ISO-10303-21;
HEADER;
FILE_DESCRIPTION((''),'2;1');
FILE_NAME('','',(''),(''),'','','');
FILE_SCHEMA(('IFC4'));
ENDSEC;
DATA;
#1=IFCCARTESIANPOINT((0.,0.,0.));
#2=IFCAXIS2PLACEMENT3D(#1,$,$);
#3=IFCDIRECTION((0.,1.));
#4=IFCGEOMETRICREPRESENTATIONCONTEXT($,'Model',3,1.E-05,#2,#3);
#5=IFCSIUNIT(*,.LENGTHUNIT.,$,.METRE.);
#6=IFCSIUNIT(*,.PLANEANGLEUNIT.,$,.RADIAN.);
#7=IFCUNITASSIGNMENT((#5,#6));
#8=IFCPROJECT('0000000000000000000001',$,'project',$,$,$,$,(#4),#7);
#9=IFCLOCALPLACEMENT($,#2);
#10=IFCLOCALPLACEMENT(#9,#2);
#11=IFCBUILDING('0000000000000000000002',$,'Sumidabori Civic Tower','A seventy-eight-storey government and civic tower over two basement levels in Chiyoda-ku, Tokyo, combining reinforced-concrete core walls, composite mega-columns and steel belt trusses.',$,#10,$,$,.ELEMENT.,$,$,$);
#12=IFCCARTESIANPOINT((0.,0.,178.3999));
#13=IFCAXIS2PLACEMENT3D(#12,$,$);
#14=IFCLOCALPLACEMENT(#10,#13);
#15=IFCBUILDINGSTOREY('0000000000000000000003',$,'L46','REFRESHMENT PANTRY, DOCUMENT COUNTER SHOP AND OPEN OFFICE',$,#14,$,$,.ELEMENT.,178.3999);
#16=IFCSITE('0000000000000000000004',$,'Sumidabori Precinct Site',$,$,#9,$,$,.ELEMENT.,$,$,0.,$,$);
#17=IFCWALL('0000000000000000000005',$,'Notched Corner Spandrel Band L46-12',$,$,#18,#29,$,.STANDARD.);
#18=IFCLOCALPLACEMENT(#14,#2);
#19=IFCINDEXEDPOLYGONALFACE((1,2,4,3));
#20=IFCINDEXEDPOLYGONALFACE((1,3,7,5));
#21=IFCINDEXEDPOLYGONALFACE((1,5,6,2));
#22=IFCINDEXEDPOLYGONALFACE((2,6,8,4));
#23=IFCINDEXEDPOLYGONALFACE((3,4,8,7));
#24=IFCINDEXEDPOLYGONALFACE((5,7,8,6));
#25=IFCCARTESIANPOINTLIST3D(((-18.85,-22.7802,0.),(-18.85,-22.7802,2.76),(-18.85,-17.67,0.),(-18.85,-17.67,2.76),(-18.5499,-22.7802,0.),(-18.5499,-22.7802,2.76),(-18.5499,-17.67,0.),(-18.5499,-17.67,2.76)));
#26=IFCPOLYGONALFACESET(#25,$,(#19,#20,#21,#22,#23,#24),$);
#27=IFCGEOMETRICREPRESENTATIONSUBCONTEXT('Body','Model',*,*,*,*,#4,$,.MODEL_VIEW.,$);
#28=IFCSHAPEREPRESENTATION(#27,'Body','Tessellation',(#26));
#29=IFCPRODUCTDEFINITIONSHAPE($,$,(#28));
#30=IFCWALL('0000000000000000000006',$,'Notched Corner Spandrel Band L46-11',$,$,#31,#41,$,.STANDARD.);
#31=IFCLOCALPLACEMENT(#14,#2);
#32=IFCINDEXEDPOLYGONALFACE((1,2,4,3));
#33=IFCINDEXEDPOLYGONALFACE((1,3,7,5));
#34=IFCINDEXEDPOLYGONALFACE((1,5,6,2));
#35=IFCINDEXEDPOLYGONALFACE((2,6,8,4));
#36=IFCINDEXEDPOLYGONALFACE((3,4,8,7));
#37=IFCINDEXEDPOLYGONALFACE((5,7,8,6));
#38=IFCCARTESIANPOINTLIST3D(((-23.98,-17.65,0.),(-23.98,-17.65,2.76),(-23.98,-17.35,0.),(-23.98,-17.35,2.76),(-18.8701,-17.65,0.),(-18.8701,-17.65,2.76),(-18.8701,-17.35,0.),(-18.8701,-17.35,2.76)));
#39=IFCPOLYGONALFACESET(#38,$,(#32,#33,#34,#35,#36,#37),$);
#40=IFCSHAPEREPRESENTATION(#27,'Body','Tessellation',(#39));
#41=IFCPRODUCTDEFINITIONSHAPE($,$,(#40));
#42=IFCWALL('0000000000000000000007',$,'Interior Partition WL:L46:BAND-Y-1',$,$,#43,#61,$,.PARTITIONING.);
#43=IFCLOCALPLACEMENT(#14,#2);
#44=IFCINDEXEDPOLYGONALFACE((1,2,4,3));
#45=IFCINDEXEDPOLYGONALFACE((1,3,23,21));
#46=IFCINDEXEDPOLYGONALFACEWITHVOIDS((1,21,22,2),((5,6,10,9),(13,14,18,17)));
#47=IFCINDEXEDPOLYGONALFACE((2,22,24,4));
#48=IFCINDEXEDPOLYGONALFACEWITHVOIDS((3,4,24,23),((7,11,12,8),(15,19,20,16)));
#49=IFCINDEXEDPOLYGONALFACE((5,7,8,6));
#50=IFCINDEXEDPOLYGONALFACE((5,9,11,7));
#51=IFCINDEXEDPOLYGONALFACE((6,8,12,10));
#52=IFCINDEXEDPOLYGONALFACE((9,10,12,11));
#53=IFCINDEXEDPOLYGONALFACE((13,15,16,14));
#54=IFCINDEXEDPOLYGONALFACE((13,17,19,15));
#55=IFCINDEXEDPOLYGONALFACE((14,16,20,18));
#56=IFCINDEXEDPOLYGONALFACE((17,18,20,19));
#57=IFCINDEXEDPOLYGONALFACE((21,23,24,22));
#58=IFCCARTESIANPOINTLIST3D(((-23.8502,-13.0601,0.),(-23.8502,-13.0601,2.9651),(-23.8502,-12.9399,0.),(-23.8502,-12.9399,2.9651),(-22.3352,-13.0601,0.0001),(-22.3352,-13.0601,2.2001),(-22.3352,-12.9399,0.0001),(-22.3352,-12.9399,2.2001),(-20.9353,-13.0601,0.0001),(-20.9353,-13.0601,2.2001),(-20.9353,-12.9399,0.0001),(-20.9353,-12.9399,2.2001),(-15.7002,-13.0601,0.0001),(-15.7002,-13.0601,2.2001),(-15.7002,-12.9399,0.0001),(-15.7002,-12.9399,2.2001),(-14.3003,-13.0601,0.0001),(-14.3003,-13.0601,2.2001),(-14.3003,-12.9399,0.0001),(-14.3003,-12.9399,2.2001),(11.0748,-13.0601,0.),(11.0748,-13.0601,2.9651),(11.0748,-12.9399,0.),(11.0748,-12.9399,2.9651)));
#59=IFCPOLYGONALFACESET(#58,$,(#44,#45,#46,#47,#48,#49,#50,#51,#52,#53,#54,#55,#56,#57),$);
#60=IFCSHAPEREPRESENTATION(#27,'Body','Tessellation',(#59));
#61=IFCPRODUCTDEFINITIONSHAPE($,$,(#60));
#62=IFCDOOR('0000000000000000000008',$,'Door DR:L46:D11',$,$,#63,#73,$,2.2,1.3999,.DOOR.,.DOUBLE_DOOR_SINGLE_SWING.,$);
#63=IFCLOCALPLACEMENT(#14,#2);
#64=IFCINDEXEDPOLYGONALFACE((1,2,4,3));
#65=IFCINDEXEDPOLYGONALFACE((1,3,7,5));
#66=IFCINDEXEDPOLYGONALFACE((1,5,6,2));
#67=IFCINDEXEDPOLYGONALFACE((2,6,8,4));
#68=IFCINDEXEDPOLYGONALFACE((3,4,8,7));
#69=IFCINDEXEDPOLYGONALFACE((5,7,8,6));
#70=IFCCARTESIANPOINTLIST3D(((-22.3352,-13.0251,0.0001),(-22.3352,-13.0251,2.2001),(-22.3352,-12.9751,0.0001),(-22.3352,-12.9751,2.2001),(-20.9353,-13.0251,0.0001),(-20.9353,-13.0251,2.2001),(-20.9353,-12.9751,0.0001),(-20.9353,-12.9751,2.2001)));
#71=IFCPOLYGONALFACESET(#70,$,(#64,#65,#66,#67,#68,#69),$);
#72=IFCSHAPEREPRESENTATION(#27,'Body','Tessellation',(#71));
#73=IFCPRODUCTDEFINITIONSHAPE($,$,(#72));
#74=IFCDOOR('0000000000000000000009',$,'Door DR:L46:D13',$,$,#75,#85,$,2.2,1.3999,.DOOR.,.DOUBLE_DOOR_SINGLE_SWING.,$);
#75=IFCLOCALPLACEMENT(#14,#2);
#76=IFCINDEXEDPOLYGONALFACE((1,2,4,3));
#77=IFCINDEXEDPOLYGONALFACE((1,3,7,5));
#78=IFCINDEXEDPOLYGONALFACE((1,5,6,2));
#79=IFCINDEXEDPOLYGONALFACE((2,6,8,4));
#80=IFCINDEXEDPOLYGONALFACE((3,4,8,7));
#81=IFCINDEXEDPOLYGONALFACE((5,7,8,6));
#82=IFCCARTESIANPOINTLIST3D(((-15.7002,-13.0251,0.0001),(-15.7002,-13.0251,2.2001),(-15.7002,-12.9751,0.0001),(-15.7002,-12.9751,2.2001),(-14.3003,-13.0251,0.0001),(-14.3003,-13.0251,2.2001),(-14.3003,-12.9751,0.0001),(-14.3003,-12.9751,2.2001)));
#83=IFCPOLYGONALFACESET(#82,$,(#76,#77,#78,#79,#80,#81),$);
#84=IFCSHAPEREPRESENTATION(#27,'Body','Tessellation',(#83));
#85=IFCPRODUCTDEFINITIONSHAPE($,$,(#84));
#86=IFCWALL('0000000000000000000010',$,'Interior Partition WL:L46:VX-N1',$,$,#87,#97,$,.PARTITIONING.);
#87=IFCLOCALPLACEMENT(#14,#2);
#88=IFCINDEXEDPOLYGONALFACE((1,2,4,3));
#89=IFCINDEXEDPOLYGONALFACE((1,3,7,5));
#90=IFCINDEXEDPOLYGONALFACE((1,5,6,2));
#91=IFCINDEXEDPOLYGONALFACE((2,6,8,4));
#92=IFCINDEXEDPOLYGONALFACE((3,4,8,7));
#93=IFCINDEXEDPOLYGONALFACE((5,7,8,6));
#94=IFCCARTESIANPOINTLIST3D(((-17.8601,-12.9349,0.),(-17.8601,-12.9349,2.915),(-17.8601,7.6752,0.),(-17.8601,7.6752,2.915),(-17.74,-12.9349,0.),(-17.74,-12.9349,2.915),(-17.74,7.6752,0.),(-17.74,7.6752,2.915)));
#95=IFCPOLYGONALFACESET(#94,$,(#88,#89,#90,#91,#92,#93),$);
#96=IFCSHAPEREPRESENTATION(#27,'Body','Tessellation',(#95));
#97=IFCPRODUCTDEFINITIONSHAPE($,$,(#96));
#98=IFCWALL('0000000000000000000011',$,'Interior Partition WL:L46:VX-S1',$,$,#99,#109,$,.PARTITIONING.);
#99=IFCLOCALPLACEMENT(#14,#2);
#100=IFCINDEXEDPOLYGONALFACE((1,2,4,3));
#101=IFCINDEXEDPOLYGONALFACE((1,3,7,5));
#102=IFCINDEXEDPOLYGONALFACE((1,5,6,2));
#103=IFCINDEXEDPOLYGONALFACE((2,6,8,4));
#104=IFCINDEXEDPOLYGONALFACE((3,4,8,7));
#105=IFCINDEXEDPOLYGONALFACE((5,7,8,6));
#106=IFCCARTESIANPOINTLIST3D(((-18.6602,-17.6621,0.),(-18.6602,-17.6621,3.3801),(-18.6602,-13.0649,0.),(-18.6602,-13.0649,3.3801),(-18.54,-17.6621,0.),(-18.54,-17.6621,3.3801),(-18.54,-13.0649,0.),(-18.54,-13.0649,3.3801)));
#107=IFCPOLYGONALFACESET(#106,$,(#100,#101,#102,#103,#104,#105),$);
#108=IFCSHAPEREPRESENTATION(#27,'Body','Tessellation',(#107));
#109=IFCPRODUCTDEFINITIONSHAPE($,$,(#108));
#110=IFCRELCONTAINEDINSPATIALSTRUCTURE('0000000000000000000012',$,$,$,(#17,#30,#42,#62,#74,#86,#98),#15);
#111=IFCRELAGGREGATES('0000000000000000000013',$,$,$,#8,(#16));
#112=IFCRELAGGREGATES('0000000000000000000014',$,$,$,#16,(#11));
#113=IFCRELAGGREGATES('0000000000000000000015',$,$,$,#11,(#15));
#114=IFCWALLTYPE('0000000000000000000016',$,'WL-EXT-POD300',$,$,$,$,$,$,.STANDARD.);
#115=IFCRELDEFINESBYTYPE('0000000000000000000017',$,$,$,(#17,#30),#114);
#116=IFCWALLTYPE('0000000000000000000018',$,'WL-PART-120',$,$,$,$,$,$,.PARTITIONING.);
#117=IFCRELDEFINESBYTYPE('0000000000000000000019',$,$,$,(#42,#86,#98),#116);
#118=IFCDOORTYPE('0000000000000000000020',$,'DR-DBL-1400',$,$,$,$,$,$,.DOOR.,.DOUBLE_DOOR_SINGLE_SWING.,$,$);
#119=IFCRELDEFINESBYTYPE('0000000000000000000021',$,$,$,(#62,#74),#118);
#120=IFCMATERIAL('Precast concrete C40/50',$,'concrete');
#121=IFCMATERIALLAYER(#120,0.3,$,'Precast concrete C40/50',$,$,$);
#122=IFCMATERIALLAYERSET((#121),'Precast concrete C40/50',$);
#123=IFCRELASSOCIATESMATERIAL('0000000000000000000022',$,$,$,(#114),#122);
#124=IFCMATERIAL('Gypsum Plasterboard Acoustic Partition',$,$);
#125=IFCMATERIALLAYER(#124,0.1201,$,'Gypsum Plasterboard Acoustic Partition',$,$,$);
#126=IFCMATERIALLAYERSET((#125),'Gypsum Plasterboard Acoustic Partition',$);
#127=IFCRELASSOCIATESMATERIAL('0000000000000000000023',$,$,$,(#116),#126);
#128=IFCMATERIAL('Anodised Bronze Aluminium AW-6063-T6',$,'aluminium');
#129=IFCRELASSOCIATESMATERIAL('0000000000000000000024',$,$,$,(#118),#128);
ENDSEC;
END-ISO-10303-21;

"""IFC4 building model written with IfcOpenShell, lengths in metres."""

from ifc_helpers import new_model, si_unit, direction, frame, frame_2d, origin, place, context, subcontext, project, spatial, rectangle, extrude, source, transform, mapped, material, layer, layer_set, type_object, element, fill, save


model = new_model("IFC4")

# Units and contexts
model_context = context("Model", 3, precision=1e-05, world=origin(), true_north=direction((0.0, 1.0)))
body_context = subcontext(model_context, "Body", "Model", "MODEL_VIEW")
ifc_project = project(units=[si_unit("LENGTHUNIT", "METRE"), si_unit("PLANEANGLEUNIT", "RADIAN")], contexts=[model_context])

# Site, building, storey
site_placement = place(None, origin())
site = spatial("IfcSite", under=ifc_project, at=site_placement, Name="Sumidabori Precinct Site", CompositionType="ELEMENT", RefElevation=0.0)
building_placement = place(site_placement, origin())
building = spatial("IfcBuilding", under=site, at=building_placement, Name="Sumidabori Civic Tower", Description="A seventy-eight-storey government and civic tower over two basement levels in Chiyoda-ku, Tokyo, combining reinforced-concrete core walls, composite mega-columns and steel belt trusses.", CompositionType="ELEMENT")
storey_placement = place(building_placement, frame((0.0, 0.0, 178.3999)))
storey = spatial("IfcBuildingStorey", under=building, at=storey_placement, Name="L46", Description="REFRESHMENT PANTRY, DOCUMENT COUNTER SHOP AND OPEN OFFICE", CompositionType="ELEMENT", Elevation=178.3999)

# Shared definitions
ifc_material_1 = material(Name="Anodised Bronze Aluminium AW-6063-T6", Category="aluminium")

# Walls
ifc_material_2 = material(Name="Precast concrete C40/50", Category="concrete")
ifc_layer_1 = layer(ifc_material_2, 0.3, Name="Precast concrete C40/50")
ifc_layer_set_1 = layer_set([ifc_layer_1], Name="Precast concrete C40/50")
wall_type_1 = type_object("IfcWallType", Name="WL-EXT-POD300", PredefinedType="STANDARD", material=ifc_layer_set_1)
shared_shape_1 = source(origin(), body_context, "Body", "SweptSolid", [
    extrude(rectangle(XDim=5.1101, YDim=0.3, at=frame_2d((2.5552, 0.0))), origin(), (0.0, 0.0, 1.0), 2.76),
])
wall_1_placement = place(storey_placement, frame((-18.7, -17.6699, 0.0), z_axis=(0.0, 0.0, 1.0), x_axis=(0.0, -1.0, 0.0)))
element("IfcWall", 1, at=wall_1_placement, inside=storey, type_object=wall_type_1, Name="Notched Corner Spandrel Band L46-12", PredefinedType="STANDARD", context=body_context, shape_type="MappedRepresentation", body=[
    mapped(shared_shape_1, transform((0.0, 0.0, 0.0), x_axis=(1.0, 0.0, 0.0), y_axis=(0.0, 1.0, 0.0), z_axis=(0.0, 0.0, 1.0), scale=1.0)),
])
shared_shape_2 = source(origin(), body_context, "Body", "SweptSolid", [
    extrude(rectangle(XDim=5.1099, YDim=0.3, at=frame_2d((2.5549, 0.0))), origin(), (0.0, 0.0, 1.0), 2.76),
])
wall_2_placement = place(storey_placement, frame((-23.98, -17.5, 0.0), z_axis=(0.0, 0.0, 1.0), x_axis=(1.0, 0.0, 0.0)))
element("IfcWall", 2, at=wall_2_placement, inside=storey, type_object=wall_type_1, Name="Notched Corner Spandrel Band L46-11", PredefinedType="STANDARD", context=body_context, shape_type="MappedRepresentation", body=[
    mapped(shared_shape_2, transform((0.0, 0.0, 0.0), x_axis=(1.0, 0.0, 0.0), y_axis=(0.0, 1.0, 0.0), z_axis=(0.0, 0.0, 1.0), scale=1.0)),
])

# Wall, openings, doors
ifc_material_3 = material(Name="Gypsum Plasterboard Acoustic Partition")
ifc_layer_2 = layer(ifc_material_3, 0.1201, Name="Gypsum Plasterboard Acoustic Partition")
ifc_layer_set_2 = layer_set([ifc_layer_2], Name="Gypsum Plasterboard Acoustic Partition")
wall_type_2 = type_object("IfcWallType", Name="WL-PART-120", PredefinedType="PARTITIONING", material=ifc_layer_set_2)
shared_shape_3 = source(origin(), body_context, "Body", "SweptSolid", [
    extrude(rectangle(XDim=34.925, YDim=0.1201, at=frame_2d((17.4624, 0.0))), origin(), (0.0, 0.0, 1.0), 2.9651),
])
wall_3_placement = place(storey_placement, frame((-23.8501, -13.0, 0.0), z_axis=(0.0, 0.0, 1.0), x_axis=(1.0, 0.0, 0.0)))
wall_3 = element("IfcWall", 3, at=wall_3_placement, inside=storey, type_object=wall_type_2, Name="Interior Partition WL:L46:BAND-Y-1", PredefinedType="PARTITIONING", context=body_context, shape_type="MappedRepresentation", body=[
    mapped(shared_shape_3, transform((0.0, 0.0, 0.0), x_axis=(1.0, 0.0, 0.0), y_axis=(0.0, 1.0, 0.0), z_axis=(0.0, 0.0, 1.0), scale=1.0)),
])
opening_1_placement = place(wall_3_placement, frame((1.5149, 0.0, 0.0)))
opening_1 = element("IfcOpeningElement", 4, at=opening_1_placement, cuts=wall_3, PredefinedType="OPENING", context=body_context, shape_type="SweptSolid", body=[
    extrude(rectangle(XDim=1.3999, YDim=2.2, at=frame_2d((0.7, 1.1001))), frame((0.0, 0.072, 0.0), z_axis=(0.0, -1.0, 0.0), x_axis=(1.0, 0.0, 0.0)), (0.0, 0.0, 1.0), 0.144),
])
opening_2_placement = place(wall_3_placement, frame((8.1499, 0.0, 0.0)))
opening_2 = element("IfcOpeningElement", 5, at=opening_2_placement, cuts=wall_3, PredefinedType="OPENING", context=body_context, shape_type="SweptSolid", body=[
    extrude(rectangle(XDim=1.3999, YDim=2.2, at=frame_2d((0.7, 1.1001))), frame((0.0, 0.072, 0.0), z_axis=(0.0, -1.0, 0.0), x_axis=(1.0, 0.0, 0.0)), (0.0, 0.0, 1.0), 0.144),
])
door_type = type_object("IfcDoorType", Name="DR-DBL-1400", OperationType="DOUBLE_DOOR_SINGLE_SWING", PredefinedType="DOOR", material=ifc_material_1)
shared_shape_4 = source(origin(), body_context, "Body", "SweptSolid", [
    extrude(rectangle(XDim=1.3999, YDim=2.2, at=frame_2d((0.7, 1.1001))), frame((0.0, 0.0249, 0.0), z_axis=(0.0, -1.0, 0.0), x_axis=(1.0, 0.0, 0.0)), (0.0, 0.0, 1.0), 0.05),
])
door_1_placement = place(opening_1_placement, origin())
door_1 = element("IfcDoor", 6, at=door_1_placement, inside=storey, type_object=door_type, Name="Door DR:L46:D11", OperationType="DOUBLE_DOOR_SINGLE_SWING", OverallHeight=2.2, OverallWidth=1.3999, PredefinedType="DOOR", context=body_context, shape_type="MappedRepresentation", body=[
    mapped(shared_shape_4, transform((0.0, 0.0, 0.0), x_axis=(1.0, 0.0, 0.0), y_axis=(0.0, 1.0, 0.0), z_axis=(0.0, 0.0, 1.0), scale=1.0)),
])
fill(opening_1, door_1)
door_2_placement = place(opening_2_placement, origin())
door_2 = element("IfcDoor", 7, at=door_2_placement, inside=storey, type_object=door_type, Name="Door DR:L46:D13", OperationType="DOUBLE_DOOR_SINGLE_SWING", OverallHeight=2.2, OverallWidth=1.3999, PredefinedType="DOOR", context=body_context, shape_type="MappedRepresentation", body=[
    mapped(shared_shape_4, transform((0.0, 0.0, 0.0), x_axis=(1.0, 0.0, 0.0), y_axis=(0.0, 1.0, 0.0), z_axis=(0.0, 0.0, 1.0), scale=1.0)),
])
fill(opening_2, door_2)

# Walls
shared_shape_5 = source(origin(), body_context, "Body", "SweptSolid", [
    extrude(rectangle(XDim=20.6101, YDim=0.1201, at=frame_2d((10.3052, 0.0))), origin(), (0.0, 0.0, 1.0), 2.915),
])
wall_4_placement = place(storey_placement, frame((-17.8, -12.9351, 0.0), z_axis=(0.0, 0.0, 1.0), x_axis=(0.0, 1.0, 0.0)))
element("IfcWall", 8, at=wall_4_placement, inside=storey, type_object=wall_type_2, Name="Interior Partition WL:L46:VX-N1", PredefinedType="PARTITIONING", context=body_context, shape_type="MappedRepresentation", body=[
    mapped(shared_shape_5, transform((0.0, 0.0, 0.0), x_axis=(1.0, 0.0, 0.0), y_axis=(0.0, 1.0, 0.0), z_axis=(0.0, 0.0, 1.0), scale=1.0)),
])
shared_shape_6 = source(origin(), body_context, "Body", "SweptSolid", [
    extrude(rectangle(XDim=4.5972, YDim=0.1201, at=frame_2d((2.2986, 0.0))), origin(), (0.0, 0.0, 1.0), 3.3801),
])
wall_5_placement = place(storey_placement, frame((-18.6001, -17.6621, 0.0), z_axis=(0.0, 0.0, 1.0), x_axis=(0.0, 1.0, 0.0)))
element("IfcWall", 9, at=wall_5_placement, inside=storey, type_object=wall_type_2, Name="Interior Partition WL:L46:VX-S1", PredefinedType="PARTITIONING", context=body_context, shape_type="MappedRepresentation", body=[
    mapped(shared_shape_6, transform((0.0, 0.0, 0.0), x_axis=(1.0, 0.0, 0.0), y_axis=(0.0, 1.0, 0.0), z_axis=(0.0, 0.0, 1.0), scale=1.0)),
])

save(model, "model.ifc")
